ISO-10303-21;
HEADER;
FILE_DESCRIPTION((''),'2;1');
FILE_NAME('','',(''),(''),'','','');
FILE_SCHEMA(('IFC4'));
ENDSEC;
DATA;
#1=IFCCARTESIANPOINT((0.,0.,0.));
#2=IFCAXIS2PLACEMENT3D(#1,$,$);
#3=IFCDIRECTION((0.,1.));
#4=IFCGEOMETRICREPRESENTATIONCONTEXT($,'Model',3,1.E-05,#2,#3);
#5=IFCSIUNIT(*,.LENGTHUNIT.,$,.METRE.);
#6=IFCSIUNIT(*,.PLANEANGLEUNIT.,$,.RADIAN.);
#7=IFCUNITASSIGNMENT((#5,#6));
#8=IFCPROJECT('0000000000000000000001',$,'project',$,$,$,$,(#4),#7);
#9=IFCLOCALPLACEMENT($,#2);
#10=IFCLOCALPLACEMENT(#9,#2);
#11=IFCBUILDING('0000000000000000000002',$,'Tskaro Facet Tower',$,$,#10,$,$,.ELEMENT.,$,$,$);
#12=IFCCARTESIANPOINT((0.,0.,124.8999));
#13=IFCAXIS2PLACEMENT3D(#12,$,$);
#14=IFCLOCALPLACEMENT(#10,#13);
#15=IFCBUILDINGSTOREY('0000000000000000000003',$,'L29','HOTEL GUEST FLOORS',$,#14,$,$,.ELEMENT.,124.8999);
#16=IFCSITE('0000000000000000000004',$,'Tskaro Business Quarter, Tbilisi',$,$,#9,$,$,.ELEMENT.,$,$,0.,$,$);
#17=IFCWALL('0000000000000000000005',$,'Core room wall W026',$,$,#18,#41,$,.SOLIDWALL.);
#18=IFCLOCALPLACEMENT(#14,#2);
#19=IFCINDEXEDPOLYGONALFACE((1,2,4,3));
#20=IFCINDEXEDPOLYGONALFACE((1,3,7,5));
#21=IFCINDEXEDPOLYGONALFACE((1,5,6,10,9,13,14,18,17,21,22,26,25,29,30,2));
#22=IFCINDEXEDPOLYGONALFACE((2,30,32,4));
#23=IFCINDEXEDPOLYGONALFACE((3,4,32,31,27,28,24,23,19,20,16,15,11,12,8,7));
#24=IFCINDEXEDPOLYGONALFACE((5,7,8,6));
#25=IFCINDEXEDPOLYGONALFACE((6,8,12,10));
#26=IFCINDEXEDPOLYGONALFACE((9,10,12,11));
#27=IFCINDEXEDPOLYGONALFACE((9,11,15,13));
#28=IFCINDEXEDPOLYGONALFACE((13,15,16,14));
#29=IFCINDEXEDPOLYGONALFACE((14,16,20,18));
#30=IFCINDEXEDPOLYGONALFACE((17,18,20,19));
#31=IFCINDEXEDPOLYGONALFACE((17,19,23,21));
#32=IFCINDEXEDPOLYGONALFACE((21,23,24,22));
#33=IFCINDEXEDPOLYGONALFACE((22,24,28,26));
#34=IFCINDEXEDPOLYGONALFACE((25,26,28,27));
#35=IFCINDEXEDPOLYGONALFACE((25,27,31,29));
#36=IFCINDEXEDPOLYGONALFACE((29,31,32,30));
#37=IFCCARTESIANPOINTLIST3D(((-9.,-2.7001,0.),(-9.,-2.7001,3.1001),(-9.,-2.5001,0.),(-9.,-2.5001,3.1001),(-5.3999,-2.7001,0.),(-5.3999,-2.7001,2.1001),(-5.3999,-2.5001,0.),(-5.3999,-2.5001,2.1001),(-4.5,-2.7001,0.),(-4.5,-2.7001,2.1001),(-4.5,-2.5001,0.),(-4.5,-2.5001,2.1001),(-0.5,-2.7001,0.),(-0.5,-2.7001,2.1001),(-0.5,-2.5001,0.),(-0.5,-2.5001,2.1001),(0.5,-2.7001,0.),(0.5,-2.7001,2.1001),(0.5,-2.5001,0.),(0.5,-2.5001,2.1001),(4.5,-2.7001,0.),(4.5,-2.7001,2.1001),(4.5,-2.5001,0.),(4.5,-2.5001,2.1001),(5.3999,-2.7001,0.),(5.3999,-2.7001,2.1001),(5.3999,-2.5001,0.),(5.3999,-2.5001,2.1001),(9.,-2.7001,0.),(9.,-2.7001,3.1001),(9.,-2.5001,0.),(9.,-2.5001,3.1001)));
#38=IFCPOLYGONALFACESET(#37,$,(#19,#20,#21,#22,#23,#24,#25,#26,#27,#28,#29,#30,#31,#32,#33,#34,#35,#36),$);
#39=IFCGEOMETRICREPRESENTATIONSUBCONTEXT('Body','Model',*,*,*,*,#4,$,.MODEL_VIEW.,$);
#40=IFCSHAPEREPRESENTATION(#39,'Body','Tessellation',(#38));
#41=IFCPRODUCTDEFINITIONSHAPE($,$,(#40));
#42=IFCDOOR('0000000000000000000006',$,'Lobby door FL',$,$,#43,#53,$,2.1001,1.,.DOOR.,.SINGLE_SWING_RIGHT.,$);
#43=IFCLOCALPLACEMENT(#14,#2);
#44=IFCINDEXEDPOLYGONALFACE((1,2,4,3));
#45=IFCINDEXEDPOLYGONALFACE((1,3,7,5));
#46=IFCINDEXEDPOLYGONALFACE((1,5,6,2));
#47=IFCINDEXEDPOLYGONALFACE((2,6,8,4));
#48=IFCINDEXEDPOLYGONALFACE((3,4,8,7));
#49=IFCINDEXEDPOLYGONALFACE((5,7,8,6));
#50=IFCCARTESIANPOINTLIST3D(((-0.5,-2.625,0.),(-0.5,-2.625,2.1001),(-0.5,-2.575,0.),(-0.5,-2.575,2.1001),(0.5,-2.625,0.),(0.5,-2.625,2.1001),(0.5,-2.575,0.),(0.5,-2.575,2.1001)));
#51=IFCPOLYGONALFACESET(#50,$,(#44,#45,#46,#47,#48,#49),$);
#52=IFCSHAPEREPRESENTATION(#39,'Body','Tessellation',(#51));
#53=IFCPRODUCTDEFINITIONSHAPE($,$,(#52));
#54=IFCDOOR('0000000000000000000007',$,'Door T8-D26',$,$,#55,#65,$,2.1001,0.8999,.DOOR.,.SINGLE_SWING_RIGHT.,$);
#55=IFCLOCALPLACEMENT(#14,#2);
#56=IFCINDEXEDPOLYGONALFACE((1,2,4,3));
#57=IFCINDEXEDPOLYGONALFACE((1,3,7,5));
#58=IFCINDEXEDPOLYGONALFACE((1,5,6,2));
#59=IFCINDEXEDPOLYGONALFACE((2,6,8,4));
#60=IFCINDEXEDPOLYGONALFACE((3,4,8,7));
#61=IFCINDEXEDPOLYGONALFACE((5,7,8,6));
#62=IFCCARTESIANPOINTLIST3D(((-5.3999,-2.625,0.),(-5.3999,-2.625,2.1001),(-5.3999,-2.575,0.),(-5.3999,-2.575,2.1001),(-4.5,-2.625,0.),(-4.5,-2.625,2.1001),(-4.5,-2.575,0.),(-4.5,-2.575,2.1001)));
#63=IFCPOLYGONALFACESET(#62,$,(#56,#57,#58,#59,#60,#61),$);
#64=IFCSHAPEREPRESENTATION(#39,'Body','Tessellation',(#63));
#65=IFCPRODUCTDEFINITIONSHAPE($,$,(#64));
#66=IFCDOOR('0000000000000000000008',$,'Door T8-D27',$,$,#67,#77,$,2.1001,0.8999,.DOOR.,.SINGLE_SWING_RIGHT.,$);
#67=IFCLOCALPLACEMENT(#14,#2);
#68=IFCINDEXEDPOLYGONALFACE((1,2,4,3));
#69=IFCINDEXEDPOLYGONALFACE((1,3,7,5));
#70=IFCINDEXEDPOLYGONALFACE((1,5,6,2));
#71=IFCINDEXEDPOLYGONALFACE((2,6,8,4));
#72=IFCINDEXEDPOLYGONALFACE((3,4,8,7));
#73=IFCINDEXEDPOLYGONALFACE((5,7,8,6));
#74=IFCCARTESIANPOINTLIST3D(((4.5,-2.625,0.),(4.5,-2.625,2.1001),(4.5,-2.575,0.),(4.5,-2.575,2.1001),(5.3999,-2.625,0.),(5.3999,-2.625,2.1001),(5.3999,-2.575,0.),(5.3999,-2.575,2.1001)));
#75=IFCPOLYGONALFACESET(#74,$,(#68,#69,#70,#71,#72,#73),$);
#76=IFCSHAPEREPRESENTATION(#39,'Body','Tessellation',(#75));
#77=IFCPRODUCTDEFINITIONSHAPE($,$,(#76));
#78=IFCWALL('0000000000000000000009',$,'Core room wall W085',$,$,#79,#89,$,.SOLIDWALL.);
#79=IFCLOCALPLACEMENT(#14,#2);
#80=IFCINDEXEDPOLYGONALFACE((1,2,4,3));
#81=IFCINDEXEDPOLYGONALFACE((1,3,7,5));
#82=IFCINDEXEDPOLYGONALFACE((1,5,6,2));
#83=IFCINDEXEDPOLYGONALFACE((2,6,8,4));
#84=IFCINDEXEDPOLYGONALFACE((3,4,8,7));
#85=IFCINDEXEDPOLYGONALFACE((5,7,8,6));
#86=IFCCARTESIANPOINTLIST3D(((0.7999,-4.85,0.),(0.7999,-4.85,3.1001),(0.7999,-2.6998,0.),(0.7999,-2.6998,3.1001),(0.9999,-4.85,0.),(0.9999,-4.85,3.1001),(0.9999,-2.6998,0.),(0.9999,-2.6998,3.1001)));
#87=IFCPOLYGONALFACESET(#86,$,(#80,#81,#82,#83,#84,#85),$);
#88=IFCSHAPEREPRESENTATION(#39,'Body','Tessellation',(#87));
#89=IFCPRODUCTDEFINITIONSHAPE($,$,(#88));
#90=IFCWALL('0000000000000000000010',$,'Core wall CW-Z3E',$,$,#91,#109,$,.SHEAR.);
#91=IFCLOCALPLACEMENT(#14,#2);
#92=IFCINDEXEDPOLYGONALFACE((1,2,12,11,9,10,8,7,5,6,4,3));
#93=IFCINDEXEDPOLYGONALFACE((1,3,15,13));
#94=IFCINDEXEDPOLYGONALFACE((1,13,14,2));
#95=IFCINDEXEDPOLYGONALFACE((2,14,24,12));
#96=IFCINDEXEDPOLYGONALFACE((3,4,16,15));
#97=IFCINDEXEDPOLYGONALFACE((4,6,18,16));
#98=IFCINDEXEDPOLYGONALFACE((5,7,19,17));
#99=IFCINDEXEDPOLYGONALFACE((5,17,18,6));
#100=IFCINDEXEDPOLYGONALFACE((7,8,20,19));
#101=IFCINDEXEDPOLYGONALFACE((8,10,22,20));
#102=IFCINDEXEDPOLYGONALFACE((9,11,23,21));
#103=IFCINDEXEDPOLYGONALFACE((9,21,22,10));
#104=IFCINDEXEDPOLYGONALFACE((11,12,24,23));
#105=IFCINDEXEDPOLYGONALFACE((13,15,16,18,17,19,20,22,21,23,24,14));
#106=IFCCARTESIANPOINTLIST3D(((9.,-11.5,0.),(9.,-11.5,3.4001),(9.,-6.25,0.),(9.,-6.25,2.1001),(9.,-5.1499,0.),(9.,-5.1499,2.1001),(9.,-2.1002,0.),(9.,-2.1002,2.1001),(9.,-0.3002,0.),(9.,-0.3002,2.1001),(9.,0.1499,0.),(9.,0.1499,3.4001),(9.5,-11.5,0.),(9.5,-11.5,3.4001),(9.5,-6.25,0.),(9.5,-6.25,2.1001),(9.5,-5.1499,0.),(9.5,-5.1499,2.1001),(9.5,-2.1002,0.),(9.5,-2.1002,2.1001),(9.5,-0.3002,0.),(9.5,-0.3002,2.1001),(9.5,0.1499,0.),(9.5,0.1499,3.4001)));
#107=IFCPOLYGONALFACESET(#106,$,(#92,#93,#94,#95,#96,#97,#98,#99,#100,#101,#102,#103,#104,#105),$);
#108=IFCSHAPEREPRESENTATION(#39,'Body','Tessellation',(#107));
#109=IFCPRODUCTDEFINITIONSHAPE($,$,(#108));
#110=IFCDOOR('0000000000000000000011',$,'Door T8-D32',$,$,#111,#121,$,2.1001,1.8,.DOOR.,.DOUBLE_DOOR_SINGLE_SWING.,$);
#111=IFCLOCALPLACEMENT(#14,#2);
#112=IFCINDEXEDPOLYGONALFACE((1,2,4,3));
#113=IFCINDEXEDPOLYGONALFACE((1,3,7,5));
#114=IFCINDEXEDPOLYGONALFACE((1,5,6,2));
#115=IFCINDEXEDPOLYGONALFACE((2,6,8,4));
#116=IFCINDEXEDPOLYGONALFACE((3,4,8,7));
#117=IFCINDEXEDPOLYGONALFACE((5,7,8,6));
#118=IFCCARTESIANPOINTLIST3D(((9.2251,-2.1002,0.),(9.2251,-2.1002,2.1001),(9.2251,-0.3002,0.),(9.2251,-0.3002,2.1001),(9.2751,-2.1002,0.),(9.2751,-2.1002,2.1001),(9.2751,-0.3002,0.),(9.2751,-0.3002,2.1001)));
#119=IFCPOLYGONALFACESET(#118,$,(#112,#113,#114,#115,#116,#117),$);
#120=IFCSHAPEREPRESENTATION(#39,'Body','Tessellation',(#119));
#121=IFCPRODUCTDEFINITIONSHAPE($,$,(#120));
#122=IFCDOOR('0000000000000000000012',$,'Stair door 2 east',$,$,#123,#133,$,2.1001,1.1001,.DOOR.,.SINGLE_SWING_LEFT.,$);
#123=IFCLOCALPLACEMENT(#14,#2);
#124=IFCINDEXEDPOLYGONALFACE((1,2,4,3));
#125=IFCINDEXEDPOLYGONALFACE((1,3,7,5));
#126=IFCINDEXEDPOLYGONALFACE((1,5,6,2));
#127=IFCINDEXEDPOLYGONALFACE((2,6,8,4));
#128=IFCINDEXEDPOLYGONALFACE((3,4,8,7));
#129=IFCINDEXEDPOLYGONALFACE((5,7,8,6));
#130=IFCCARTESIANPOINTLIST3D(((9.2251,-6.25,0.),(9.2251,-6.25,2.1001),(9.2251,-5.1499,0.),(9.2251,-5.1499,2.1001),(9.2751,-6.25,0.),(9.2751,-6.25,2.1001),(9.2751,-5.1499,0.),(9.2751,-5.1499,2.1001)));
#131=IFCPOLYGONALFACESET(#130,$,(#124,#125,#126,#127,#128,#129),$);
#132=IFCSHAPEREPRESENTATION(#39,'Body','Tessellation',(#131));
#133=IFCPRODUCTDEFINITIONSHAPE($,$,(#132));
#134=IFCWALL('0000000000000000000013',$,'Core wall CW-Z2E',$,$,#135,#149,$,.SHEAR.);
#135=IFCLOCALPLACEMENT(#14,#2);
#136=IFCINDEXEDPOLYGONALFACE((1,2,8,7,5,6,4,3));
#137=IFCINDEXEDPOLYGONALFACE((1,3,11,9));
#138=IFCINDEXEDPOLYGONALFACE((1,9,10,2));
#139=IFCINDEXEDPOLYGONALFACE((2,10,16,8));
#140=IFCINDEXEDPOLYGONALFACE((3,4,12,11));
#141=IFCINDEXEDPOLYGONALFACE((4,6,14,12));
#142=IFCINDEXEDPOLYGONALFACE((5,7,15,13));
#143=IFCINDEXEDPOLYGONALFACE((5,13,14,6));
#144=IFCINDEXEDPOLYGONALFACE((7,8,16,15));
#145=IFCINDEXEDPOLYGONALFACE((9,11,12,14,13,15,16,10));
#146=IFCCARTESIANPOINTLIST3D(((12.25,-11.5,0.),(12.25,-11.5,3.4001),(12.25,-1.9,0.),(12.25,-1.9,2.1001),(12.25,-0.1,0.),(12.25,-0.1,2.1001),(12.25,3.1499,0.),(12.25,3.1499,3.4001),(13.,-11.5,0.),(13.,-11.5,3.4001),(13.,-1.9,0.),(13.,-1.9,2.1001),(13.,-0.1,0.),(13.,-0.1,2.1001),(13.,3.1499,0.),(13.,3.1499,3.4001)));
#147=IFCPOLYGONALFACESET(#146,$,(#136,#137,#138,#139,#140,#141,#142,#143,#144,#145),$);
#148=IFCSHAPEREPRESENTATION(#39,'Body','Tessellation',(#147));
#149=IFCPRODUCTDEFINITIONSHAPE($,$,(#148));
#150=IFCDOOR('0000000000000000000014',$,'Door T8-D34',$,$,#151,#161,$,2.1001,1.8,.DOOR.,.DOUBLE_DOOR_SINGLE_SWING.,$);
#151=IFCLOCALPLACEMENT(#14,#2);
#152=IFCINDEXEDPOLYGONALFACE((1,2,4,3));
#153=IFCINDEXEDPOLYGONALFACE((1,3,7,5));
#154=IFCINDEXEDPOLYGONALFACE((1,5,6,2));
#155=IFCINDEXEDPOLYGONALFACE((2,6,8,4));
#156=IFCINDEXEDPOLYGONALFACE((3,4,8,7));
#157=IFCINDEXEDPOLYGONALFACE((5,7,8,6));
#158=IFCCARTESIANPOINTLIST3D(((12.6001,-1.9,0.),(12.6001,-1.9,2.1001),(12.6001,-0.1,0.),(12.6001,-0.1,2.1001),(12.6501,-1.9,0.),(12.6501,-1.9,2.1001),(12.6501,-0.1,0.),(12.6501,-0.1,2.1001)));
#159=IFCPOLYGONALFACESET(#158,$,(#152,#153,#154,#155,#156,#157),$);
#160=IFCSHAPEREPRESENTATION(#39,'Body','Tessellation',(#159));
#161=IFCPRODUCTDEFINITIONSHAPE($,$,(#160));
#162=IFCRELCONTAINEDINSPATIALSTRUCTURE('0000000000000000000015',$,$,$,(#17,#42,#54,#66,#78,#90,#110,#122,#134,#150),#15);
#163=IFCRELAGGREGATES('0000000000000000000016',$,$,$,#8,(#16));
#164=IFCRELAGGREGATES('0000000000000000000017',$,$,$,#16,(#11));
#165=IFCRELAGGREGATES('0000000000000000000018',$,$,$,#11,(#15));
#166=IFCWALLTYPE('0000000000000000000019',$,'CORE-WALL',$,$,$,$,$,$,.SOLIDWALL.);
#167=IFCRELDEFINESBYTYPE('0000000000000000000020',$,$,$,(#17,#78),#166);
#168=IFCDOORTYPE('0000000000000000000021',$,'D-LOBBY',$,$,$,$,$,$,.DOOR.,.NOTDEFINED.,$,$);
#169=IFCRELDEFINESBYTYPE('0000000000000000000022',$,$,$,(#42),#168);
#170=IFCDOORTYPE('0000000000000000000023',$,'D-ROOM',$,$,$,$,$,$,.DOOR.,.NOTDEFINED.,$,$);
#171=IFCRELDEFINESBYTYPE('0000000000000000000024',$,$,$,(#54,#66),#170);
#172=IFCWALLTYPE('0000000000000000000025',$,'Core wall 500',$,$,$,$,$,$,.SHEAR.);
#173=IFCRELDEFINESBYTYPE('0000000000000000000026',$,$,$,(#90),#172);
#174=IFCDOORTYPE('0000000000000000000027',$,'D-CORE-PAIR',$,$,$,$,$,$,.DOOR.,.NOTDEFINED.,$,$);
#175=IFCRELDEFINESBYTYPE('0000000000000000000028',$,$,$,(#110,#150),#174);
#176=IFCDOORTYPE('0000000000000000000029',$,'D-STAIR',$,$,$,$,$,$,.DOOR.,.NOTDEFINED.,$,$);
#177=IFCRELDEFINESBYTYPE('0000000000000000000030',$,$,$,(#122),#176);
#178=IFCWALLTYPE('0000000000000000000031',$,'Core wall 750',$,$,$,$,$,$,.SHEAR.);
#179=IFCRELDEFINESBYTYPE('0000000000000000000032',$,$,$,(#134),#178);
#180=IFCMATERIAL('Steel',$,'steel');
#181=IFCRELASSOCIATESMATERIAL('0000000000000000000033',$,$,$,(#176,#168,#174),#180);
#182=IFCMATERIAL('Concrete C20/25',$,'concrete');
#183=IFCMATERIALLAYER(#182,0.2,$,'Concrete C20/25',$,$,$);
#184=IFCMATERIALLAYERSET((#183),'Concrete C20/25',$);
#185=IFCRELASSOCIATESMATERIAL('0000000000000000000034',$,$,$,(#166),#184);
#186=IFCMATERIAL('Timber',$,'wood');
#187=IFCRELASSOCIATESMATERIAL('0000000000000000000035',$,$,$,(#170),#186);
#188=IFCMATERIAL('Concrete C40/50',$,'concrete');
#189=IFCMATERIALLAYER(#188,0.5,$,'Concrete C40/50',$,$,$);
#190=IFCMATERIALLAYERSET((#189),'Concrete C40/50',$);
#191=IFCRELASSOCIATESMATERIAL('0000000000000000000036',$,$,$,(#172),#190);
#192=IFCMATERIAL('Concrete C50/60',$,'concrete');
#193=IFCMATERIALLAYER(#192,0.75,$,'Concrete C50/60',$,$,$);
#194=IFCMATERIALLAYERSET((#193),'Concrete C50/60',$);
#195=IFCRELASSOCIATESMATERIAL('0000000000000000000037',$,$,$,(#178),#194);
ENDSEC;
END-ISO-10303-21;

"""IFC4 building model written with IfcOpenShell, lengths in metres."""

from ifc_helpers import new_model, si_unit, direction, frame, frame_2d, origin, place, context, subcontext, project, spatial, rectangle, extrude, material, layer, layer_set, type_object, element, fill, save


model = new_model("IFC4")

# Units and contexts
model_context = context("Model", 3, precision=1e-05, world=origin(), true_north=direction((0.0, 1.0)))
body_context = subcontext(model_context, "Body", "Model", "MODEL_VIEW")
ifc_project = project(units=[si_unit("LENGTHUNIT", "METRE"), si_unit("PLANEANGLEUNIT", "RADIAN")], contexts=[model_context])

# Site, building, storey
site_placement = place(None, origin())
site = spatial("IfcSite", under=ifc_project, at=site_placement, Name="Tskaro Business Quarter, Tbilisi", CompositionType="ELEMENT", RefElevation=0.0)
building_placement = place(site_placement, origin())
building = spatial("IfcBuilding", under=site, at=building_placement, Name="Tskaro Facet Tower", CompositionType="ELEMENT")
storey_placement = place(building_placement, frame((0.0, 0.0, 124.8999)))
storey = spatial("IfcBuildingStorey", under=building, at=storey_placement, Name="L29", Description="HOTEL GUEST FLOORS", CompositionType="ELEMENT", Elevation=124.8999)

# Shared definitions
ifc_material_1 = material(Name="Steel", Category="steel")
door_type_1 = type_object("IfcDoorType", Name="D-STAIR", OperationType="NOTDEFINED", PredefinedType="DOOR", material=ifc_material_1)

# Shared definitions
ifc_material_2 = material(Name="Concrete C20/25", Category="concrete")
ifc_layer_1 = layer(ifc_material_2, 0.2, Name="Concrete C20/25")
ifc_layer_set_1 = layer_set([ifc_layer_1], Name="Concrete C20/25")
wall_type_1 = type_object("IfcWallType", Name="CORE-WALL", PredefinedType="SOLIDWALL", material=ifc_layer_set_1)

# Wall, openings, doors
wall_1_placement = place(storey_placement, frame((9.0, -2.6001, 0.0), z_axis=(0.0, 0.0, 1.0), x_axis=(-1.0, 0.0, 0.0)))
wall_1 = element("IfcWall", 1, at=wall_1_placement, inside=storey, type_object=wall_type_1, Name="Core room wall W026", PredefinedType="SOLIDWALL", context=body_context, shape_type="SweptSolid", body=[
    extrude(rectangle(XDim=18.0, YDim=0.2, at=frame_2d((9.0, 0.0))), origin(), (0.0, 0.0, 1.0), 3.1001),
])
opening_1_placement = place(wall_1_placement, frame((8.5, 0.0, 0.0)))
opening_1 = element("IfcOpeningElement", 2, at=opening_1_placement, cuts=wall_1, PredefinedType="OPENING", context=body_context, shape_type="SweptSolid", body=[
    extrude(rectangle(XDim=1.0, YDim=2.1001, at=frame_2d((0.5, 1.05))), frame((0.0, 0.1099, 0.0), z_axis=(0.0, -1.0, 0.0), x_axis=(1.0, 0.0, 0.0)), (0.0, 0.0, 1.0), 0.22),
])
opening_2_placement = place(wall_1_placement, frame((13.5, 0.0, 0.0)))
opening_2 = element("IfcOpeningElement", 3, at=opening_2_placement, cuts=wall_1, PredefinedType="OPENING", context=body_context, shape_type="SweptSolid", body=[
    extrude(rectangle(XDim=0.8999, YDim=2.1001, at=frame_2d((0.45, 1.05))), frame((0.0, 0.1099, 0.0), z_axis=(0.0, -1.0, 0.0), x_axis=(1.0, 0.0, 0.0)), (0.0, 0.0, 1.0), 0.22),
])
opening_3_placement = place(wall_1_placement, frame((3.6001, 0.0, 0.0)))
opening_3 = element("IfcOpeningElement", 4, at=opening_3_placement, cuts=wall_1, PredefinedType="OPENING", context=body_context, shape_type="SweptSolid", body=[
    extrude(rectangle(XDim=0.8999, YDim=2.1001, at=frame_2d((0.45, 1.05))), frame((0.0, 0.1099, 0.0), z_axis=(0.0, -1.0, 0.0), x_axis=(1.0, 0.0, 0.0)), (0.0, 0.0, 1.0), 0.22),
])
door_type_2 = type_object("IfcDoorType", Name="D-LOBBY", OperationType="NOTDEFINED", PredefinedType="DOOR", material=ifc_material_1)
door_1_placement = place(opening_1_placement, origin())
door_1 = element("IfcDoor", 5, at=door_1_placement, inside=storey, type_object=door_type_2, Name="Lobby door FL", OperationType="SINGLE_SWING_RIGHT", OverallHeight=2.1001, OverallWidth=1.0, PredefinedType="DOOR", context=body_context, shape_type="SweptSolid", body=[
    extrude(rectangle(XDim=1.0, YDim=2.1001, at=frame_2d((0.5, 1.05))), frame((0.0, 0.0249, 0.0), z_axis=(0.0, -1.0, 0.0), x_axis=(1.0, 0.0, 0.0)), (0.0, 0.0, 1.0), 0.05),
])
fill(opening_1, door_1)
ifc_material_3 = material(Name="Timber", Category="wood")
door_type_3 = type_object("IfcDoorType", Name="D-ROOM", OperationType="NOTDEFINED", PredefinedType="DOOR", material=ifc_material_3)
door_2_placement = place(opening_2_placement, origin())
door_2 = element("IfcDoor", 6, at=door_2_placement, inside=storey, type_object=door_type_3, Name="Door T8-D26", OperationType="SINGLE_SWING_RIGHT", OverallHeight=2.1001, OverallWidth=0.8999, PredefinedType="DOOR", context=body_context, shape_type="SweptSolid", body=[
    extrude(rectangle(XDim=0.8999, YDim=2.1001, at=frame_2d((0.45, 1.05))), frame((0.0, 0.0249, 0.0), z_axis=(0.0, -1.0, 0.0), x_axis=(1.0, 0.0, 0.0)), (0.0, 0.0, 1.0), 0.05),
])
fill(opening_2, door_2)
door_3_placement = place(opening_3_placement, origin())
door_3 = element("IfcDoor", 7, at=door_3_placement, inside=storey, type_object=door_type_3, Name="Door T8-D27", OperationType="SINGLE_SWING_RIGHT", OverallHeight=2.1001, OverallWidth=0.8999, PredefinedType="DOOR", context=body_context, shape_type="SweptSolid", body=[
    extrude(rectangle(XDim=0.8999, YDim=2.1001, at=frame_2d((0.45, 1.05))), frame((0.0, 0.0249, 0.0), z_axis=(0.0, -1.0, 0.0), x_axis=(1.0, 0.0, 0.0)), (0.0, 0.0, 1.0), 0.05),
])
fill(opening_3, door_3)

# Wall
wall_2_placement = place(storey_placement, frame((0.8999, -4.8501, 0.0), z_axis=(0.0, 0.0, 1.0), x_axis=(0.0, 1.0, 0.0)))
element("IfcWall", 8, at=wall_2_placement, inside=storey, type_object=wall_type_1, Name="Core room wall W085", PredefinedType="SOLIDWALL", context=body_context, shape_type="SweptSolid", body=[
    extrude(rectangle(XDim=2.1501, YDim=0.2, at=frame_2d((1.0752, 0.0))), origin(), (0.0, 0.0, 1.0), 3.1001),
])

# Wall, openings, doors
ifc_material_4 = material(Name="Concrete C40/50", Category="concrete")
ifc_layer_2 = layer(ifc_material_4, 0.5, Name="Concrete C40/50")
ifc_layer_set_2 = layer_set([ifc_layer_2], Name="Concrete C40/50")
wall_type_2 = type_object("IfcWallType", Name="Core wall 500", PredefinedType="SHEAR", material=ifc_layer_set_2)
wall_3_placement = place(storey_placement, frame((9.25, -11.5, 0.0), z_axis=(0.0, 0.0, 1.0), x_axis=(0.0, 1.0, 0.0)))
wall_3 = element("IfcWall", 9, at=wall_3_placement, inside=storey, type_object=wall_type_2, Name="Core wall CW-Z3E", PredefinedType="SHEAR", context=body_context, shape_type="SweptSolid", body=[
    extrude(rectangle(XDim=11.6499, YDim=0.5, at=frame_2d((5.825, 0.0))), origin(), (0.0, 0.0, 1.0), 3.4001),
])
opening_4_placement = place(wall_3_placement, frame((9.3999, 0.0, 0.0)))
opening_4 = element("IfcOpeningElement", 10, at=opening_4_placement, cuts=wall_3, PredefinedType="OPENING", context=body_context, shape_type="SweptSolid", body=[
    extrude(rectangle(XDim=1.8, YDim=2.1001, at=frame_2d((0.8999, 1.05))), frame((0.0, 0.26, 0.0), z_axis=(0.0, -1.0, 0.0), x_axis=(1.0, 0.0, 0.0)), (0.0, 0.0, 1.0), 0.52),
])
opening_5_placement = place(wall_3_placement, frame((5.25, 0.0, 0.0)))
opening_5 = element("IfcOpeningElement", 11, at=opening_5_placement, cuts=wall_3, PredefinedType="OPENING", context=body_context, shape_type="SweptSolid", body=[
    extrude(rectangle(XDim=1.1001, YDim=2.1001, at=frame_2d((0.55, 1.05))), frame((0.0, 0.26, 0.0), z_axis=(0.0, -1.0, 0.0), x_axis=(1.0, 0.0, 0.0)), (0.0, 0.0, 1.0), 0.52),
])
door_type_4 = type_object("IfcDoorType", Name="D-CORE-PAIR", OperationType="NOTDEFINED", PredefinedType="DOOR", material=ifc_material_1)
door_4_placement = place(opening_4_placement, origin())
door_4 = element("IfcDoor", 12, at=door_4_placement, inside=storey, type_object=door_type_4, Name="Door T8-D32", OperationType="DOUBLE_DOOR_SINGLE_SWING", OverallHeight=2.1001, OverallWidth=1.8, PredefinedType="DOOR", context=body_context, shape_type="SweptSolid", body=[
    extrude(rectangle(XDim=1.8, YDim=2.1001, at=frame_2d((0.8999, 1.05))), frame((0.0, 0.0249, 0.0), z_axis=(0.0, -1.0, 0.0), x_axis=(1.0, 0.0, 0.0)), (0.0, 0.0, 1.0), 0.05),
])
fill(opening_4, door_4)
door_5_placement = place(opening_5_placement, origin())
door_5 = element("IfcDoor", 13, at=door_5_placement, inside=storey, type_object=door_type_1, Name="Stair door 2 east", OperationType="SINGLE_SWING_LEFT", OverallHeight=2.1001, OverallWidth=1.1001, PredefinedType="DOOR", context=body_context, shape_type="SweptSolid", body=[
    extrude(rectangle(XDim=1.1001, YDim=2.1001, at=frame_2d((0.55, 1.05))), frame((0.0, 0.0249, 0.0), z_axis=(0.0, -1.0, 0.0), x_axis=(1.0, 0.0, 0.0)), (0.0, 0.0, 1.0), 0.05),
])
fill(opening_5, door_5)

# Wall, opening, door
ifc_material_5 = material(Name="Concrete C50/60", Category="concrete")
ifc_layer_3 = layer(ifc_material_5, 0.75, Name="Concrete C50/60")
ifc_layer_set_3 = layer_set([ifc_layer_3], Name="Concrete C50/60")
wall_type_3 = type_object("IfcWallType", Name="Core wall 750", PredefinedType="SHEAR", material=ifc_layer_set_3)
wall_4_placement = place(storey_placement, frame((12.625, -11.5, 0.0), z_axis=(0.0, 0.0, 1.0), x_axis=(0.0, 1.0, 0.0)))
wall_4 = element("IfcWall", 14, at=wall_4_placement, inside=storey, type_object=wall_type_3, Name="Core wall CW-Z2E", PredefinedType="SHEAR", context=body_context, shape_type="SweptSolid", body=[
    extrude(rectangle(XDim=14.6499, YDim=0.75, at=frame_2d((7.325, 0.0))), origin(), (0.0, 0.0, 1.0), 3.4001),
])
opening_6_placement = place(wall_4_placement, frame((9.6001, 0.0, 0.0)))
opening_6 = element("IfcOpeningElement", 15, at=opening_6_placement, cuts=wall_4, PredefinedType="OPENING", context=body_context, shape_type="SweptSolid", body=[
    extrude(rectangle(XDim=1.8, YDim=2.1001, at=frame_2d((0.8999, 1.05))), frame((0.0, 0.385, 0.0), z_axis=(0.0, -1.0, 0.0), x_axis=(1.0, 0.0, 0.0)), (0.0, 0.0, 1.0), 0.77),
])
door_6_placement = place(opening_6_placement, origin())
door_6 = element("IfcDoor", 16, at=door_6_placement, inside=storey, type_object=door_type_4, Name="Door T8-D34", OperationType="DOUBLE_DOOR_SINGLE_SWING", OverallHeight=2.1001, OverallWidth=1.8, PredefinedType="DOOR", context=body_context, shape_type="SweptSolid", body=[
    extrude(rectangle(XDim=1.8, YDim=2.1001, at=frame_2d((0.8999, 1.05))), frame((0.0, 0.0249, 0.0), z_axis=(0.0, -1.0, 0.0), x_axis=(1.0, 0.0, 0.0)), (0.0, 0.0, 1.0), 0.05),
])
fill(opening_6, door_6)

save(model, "model.ifc")
